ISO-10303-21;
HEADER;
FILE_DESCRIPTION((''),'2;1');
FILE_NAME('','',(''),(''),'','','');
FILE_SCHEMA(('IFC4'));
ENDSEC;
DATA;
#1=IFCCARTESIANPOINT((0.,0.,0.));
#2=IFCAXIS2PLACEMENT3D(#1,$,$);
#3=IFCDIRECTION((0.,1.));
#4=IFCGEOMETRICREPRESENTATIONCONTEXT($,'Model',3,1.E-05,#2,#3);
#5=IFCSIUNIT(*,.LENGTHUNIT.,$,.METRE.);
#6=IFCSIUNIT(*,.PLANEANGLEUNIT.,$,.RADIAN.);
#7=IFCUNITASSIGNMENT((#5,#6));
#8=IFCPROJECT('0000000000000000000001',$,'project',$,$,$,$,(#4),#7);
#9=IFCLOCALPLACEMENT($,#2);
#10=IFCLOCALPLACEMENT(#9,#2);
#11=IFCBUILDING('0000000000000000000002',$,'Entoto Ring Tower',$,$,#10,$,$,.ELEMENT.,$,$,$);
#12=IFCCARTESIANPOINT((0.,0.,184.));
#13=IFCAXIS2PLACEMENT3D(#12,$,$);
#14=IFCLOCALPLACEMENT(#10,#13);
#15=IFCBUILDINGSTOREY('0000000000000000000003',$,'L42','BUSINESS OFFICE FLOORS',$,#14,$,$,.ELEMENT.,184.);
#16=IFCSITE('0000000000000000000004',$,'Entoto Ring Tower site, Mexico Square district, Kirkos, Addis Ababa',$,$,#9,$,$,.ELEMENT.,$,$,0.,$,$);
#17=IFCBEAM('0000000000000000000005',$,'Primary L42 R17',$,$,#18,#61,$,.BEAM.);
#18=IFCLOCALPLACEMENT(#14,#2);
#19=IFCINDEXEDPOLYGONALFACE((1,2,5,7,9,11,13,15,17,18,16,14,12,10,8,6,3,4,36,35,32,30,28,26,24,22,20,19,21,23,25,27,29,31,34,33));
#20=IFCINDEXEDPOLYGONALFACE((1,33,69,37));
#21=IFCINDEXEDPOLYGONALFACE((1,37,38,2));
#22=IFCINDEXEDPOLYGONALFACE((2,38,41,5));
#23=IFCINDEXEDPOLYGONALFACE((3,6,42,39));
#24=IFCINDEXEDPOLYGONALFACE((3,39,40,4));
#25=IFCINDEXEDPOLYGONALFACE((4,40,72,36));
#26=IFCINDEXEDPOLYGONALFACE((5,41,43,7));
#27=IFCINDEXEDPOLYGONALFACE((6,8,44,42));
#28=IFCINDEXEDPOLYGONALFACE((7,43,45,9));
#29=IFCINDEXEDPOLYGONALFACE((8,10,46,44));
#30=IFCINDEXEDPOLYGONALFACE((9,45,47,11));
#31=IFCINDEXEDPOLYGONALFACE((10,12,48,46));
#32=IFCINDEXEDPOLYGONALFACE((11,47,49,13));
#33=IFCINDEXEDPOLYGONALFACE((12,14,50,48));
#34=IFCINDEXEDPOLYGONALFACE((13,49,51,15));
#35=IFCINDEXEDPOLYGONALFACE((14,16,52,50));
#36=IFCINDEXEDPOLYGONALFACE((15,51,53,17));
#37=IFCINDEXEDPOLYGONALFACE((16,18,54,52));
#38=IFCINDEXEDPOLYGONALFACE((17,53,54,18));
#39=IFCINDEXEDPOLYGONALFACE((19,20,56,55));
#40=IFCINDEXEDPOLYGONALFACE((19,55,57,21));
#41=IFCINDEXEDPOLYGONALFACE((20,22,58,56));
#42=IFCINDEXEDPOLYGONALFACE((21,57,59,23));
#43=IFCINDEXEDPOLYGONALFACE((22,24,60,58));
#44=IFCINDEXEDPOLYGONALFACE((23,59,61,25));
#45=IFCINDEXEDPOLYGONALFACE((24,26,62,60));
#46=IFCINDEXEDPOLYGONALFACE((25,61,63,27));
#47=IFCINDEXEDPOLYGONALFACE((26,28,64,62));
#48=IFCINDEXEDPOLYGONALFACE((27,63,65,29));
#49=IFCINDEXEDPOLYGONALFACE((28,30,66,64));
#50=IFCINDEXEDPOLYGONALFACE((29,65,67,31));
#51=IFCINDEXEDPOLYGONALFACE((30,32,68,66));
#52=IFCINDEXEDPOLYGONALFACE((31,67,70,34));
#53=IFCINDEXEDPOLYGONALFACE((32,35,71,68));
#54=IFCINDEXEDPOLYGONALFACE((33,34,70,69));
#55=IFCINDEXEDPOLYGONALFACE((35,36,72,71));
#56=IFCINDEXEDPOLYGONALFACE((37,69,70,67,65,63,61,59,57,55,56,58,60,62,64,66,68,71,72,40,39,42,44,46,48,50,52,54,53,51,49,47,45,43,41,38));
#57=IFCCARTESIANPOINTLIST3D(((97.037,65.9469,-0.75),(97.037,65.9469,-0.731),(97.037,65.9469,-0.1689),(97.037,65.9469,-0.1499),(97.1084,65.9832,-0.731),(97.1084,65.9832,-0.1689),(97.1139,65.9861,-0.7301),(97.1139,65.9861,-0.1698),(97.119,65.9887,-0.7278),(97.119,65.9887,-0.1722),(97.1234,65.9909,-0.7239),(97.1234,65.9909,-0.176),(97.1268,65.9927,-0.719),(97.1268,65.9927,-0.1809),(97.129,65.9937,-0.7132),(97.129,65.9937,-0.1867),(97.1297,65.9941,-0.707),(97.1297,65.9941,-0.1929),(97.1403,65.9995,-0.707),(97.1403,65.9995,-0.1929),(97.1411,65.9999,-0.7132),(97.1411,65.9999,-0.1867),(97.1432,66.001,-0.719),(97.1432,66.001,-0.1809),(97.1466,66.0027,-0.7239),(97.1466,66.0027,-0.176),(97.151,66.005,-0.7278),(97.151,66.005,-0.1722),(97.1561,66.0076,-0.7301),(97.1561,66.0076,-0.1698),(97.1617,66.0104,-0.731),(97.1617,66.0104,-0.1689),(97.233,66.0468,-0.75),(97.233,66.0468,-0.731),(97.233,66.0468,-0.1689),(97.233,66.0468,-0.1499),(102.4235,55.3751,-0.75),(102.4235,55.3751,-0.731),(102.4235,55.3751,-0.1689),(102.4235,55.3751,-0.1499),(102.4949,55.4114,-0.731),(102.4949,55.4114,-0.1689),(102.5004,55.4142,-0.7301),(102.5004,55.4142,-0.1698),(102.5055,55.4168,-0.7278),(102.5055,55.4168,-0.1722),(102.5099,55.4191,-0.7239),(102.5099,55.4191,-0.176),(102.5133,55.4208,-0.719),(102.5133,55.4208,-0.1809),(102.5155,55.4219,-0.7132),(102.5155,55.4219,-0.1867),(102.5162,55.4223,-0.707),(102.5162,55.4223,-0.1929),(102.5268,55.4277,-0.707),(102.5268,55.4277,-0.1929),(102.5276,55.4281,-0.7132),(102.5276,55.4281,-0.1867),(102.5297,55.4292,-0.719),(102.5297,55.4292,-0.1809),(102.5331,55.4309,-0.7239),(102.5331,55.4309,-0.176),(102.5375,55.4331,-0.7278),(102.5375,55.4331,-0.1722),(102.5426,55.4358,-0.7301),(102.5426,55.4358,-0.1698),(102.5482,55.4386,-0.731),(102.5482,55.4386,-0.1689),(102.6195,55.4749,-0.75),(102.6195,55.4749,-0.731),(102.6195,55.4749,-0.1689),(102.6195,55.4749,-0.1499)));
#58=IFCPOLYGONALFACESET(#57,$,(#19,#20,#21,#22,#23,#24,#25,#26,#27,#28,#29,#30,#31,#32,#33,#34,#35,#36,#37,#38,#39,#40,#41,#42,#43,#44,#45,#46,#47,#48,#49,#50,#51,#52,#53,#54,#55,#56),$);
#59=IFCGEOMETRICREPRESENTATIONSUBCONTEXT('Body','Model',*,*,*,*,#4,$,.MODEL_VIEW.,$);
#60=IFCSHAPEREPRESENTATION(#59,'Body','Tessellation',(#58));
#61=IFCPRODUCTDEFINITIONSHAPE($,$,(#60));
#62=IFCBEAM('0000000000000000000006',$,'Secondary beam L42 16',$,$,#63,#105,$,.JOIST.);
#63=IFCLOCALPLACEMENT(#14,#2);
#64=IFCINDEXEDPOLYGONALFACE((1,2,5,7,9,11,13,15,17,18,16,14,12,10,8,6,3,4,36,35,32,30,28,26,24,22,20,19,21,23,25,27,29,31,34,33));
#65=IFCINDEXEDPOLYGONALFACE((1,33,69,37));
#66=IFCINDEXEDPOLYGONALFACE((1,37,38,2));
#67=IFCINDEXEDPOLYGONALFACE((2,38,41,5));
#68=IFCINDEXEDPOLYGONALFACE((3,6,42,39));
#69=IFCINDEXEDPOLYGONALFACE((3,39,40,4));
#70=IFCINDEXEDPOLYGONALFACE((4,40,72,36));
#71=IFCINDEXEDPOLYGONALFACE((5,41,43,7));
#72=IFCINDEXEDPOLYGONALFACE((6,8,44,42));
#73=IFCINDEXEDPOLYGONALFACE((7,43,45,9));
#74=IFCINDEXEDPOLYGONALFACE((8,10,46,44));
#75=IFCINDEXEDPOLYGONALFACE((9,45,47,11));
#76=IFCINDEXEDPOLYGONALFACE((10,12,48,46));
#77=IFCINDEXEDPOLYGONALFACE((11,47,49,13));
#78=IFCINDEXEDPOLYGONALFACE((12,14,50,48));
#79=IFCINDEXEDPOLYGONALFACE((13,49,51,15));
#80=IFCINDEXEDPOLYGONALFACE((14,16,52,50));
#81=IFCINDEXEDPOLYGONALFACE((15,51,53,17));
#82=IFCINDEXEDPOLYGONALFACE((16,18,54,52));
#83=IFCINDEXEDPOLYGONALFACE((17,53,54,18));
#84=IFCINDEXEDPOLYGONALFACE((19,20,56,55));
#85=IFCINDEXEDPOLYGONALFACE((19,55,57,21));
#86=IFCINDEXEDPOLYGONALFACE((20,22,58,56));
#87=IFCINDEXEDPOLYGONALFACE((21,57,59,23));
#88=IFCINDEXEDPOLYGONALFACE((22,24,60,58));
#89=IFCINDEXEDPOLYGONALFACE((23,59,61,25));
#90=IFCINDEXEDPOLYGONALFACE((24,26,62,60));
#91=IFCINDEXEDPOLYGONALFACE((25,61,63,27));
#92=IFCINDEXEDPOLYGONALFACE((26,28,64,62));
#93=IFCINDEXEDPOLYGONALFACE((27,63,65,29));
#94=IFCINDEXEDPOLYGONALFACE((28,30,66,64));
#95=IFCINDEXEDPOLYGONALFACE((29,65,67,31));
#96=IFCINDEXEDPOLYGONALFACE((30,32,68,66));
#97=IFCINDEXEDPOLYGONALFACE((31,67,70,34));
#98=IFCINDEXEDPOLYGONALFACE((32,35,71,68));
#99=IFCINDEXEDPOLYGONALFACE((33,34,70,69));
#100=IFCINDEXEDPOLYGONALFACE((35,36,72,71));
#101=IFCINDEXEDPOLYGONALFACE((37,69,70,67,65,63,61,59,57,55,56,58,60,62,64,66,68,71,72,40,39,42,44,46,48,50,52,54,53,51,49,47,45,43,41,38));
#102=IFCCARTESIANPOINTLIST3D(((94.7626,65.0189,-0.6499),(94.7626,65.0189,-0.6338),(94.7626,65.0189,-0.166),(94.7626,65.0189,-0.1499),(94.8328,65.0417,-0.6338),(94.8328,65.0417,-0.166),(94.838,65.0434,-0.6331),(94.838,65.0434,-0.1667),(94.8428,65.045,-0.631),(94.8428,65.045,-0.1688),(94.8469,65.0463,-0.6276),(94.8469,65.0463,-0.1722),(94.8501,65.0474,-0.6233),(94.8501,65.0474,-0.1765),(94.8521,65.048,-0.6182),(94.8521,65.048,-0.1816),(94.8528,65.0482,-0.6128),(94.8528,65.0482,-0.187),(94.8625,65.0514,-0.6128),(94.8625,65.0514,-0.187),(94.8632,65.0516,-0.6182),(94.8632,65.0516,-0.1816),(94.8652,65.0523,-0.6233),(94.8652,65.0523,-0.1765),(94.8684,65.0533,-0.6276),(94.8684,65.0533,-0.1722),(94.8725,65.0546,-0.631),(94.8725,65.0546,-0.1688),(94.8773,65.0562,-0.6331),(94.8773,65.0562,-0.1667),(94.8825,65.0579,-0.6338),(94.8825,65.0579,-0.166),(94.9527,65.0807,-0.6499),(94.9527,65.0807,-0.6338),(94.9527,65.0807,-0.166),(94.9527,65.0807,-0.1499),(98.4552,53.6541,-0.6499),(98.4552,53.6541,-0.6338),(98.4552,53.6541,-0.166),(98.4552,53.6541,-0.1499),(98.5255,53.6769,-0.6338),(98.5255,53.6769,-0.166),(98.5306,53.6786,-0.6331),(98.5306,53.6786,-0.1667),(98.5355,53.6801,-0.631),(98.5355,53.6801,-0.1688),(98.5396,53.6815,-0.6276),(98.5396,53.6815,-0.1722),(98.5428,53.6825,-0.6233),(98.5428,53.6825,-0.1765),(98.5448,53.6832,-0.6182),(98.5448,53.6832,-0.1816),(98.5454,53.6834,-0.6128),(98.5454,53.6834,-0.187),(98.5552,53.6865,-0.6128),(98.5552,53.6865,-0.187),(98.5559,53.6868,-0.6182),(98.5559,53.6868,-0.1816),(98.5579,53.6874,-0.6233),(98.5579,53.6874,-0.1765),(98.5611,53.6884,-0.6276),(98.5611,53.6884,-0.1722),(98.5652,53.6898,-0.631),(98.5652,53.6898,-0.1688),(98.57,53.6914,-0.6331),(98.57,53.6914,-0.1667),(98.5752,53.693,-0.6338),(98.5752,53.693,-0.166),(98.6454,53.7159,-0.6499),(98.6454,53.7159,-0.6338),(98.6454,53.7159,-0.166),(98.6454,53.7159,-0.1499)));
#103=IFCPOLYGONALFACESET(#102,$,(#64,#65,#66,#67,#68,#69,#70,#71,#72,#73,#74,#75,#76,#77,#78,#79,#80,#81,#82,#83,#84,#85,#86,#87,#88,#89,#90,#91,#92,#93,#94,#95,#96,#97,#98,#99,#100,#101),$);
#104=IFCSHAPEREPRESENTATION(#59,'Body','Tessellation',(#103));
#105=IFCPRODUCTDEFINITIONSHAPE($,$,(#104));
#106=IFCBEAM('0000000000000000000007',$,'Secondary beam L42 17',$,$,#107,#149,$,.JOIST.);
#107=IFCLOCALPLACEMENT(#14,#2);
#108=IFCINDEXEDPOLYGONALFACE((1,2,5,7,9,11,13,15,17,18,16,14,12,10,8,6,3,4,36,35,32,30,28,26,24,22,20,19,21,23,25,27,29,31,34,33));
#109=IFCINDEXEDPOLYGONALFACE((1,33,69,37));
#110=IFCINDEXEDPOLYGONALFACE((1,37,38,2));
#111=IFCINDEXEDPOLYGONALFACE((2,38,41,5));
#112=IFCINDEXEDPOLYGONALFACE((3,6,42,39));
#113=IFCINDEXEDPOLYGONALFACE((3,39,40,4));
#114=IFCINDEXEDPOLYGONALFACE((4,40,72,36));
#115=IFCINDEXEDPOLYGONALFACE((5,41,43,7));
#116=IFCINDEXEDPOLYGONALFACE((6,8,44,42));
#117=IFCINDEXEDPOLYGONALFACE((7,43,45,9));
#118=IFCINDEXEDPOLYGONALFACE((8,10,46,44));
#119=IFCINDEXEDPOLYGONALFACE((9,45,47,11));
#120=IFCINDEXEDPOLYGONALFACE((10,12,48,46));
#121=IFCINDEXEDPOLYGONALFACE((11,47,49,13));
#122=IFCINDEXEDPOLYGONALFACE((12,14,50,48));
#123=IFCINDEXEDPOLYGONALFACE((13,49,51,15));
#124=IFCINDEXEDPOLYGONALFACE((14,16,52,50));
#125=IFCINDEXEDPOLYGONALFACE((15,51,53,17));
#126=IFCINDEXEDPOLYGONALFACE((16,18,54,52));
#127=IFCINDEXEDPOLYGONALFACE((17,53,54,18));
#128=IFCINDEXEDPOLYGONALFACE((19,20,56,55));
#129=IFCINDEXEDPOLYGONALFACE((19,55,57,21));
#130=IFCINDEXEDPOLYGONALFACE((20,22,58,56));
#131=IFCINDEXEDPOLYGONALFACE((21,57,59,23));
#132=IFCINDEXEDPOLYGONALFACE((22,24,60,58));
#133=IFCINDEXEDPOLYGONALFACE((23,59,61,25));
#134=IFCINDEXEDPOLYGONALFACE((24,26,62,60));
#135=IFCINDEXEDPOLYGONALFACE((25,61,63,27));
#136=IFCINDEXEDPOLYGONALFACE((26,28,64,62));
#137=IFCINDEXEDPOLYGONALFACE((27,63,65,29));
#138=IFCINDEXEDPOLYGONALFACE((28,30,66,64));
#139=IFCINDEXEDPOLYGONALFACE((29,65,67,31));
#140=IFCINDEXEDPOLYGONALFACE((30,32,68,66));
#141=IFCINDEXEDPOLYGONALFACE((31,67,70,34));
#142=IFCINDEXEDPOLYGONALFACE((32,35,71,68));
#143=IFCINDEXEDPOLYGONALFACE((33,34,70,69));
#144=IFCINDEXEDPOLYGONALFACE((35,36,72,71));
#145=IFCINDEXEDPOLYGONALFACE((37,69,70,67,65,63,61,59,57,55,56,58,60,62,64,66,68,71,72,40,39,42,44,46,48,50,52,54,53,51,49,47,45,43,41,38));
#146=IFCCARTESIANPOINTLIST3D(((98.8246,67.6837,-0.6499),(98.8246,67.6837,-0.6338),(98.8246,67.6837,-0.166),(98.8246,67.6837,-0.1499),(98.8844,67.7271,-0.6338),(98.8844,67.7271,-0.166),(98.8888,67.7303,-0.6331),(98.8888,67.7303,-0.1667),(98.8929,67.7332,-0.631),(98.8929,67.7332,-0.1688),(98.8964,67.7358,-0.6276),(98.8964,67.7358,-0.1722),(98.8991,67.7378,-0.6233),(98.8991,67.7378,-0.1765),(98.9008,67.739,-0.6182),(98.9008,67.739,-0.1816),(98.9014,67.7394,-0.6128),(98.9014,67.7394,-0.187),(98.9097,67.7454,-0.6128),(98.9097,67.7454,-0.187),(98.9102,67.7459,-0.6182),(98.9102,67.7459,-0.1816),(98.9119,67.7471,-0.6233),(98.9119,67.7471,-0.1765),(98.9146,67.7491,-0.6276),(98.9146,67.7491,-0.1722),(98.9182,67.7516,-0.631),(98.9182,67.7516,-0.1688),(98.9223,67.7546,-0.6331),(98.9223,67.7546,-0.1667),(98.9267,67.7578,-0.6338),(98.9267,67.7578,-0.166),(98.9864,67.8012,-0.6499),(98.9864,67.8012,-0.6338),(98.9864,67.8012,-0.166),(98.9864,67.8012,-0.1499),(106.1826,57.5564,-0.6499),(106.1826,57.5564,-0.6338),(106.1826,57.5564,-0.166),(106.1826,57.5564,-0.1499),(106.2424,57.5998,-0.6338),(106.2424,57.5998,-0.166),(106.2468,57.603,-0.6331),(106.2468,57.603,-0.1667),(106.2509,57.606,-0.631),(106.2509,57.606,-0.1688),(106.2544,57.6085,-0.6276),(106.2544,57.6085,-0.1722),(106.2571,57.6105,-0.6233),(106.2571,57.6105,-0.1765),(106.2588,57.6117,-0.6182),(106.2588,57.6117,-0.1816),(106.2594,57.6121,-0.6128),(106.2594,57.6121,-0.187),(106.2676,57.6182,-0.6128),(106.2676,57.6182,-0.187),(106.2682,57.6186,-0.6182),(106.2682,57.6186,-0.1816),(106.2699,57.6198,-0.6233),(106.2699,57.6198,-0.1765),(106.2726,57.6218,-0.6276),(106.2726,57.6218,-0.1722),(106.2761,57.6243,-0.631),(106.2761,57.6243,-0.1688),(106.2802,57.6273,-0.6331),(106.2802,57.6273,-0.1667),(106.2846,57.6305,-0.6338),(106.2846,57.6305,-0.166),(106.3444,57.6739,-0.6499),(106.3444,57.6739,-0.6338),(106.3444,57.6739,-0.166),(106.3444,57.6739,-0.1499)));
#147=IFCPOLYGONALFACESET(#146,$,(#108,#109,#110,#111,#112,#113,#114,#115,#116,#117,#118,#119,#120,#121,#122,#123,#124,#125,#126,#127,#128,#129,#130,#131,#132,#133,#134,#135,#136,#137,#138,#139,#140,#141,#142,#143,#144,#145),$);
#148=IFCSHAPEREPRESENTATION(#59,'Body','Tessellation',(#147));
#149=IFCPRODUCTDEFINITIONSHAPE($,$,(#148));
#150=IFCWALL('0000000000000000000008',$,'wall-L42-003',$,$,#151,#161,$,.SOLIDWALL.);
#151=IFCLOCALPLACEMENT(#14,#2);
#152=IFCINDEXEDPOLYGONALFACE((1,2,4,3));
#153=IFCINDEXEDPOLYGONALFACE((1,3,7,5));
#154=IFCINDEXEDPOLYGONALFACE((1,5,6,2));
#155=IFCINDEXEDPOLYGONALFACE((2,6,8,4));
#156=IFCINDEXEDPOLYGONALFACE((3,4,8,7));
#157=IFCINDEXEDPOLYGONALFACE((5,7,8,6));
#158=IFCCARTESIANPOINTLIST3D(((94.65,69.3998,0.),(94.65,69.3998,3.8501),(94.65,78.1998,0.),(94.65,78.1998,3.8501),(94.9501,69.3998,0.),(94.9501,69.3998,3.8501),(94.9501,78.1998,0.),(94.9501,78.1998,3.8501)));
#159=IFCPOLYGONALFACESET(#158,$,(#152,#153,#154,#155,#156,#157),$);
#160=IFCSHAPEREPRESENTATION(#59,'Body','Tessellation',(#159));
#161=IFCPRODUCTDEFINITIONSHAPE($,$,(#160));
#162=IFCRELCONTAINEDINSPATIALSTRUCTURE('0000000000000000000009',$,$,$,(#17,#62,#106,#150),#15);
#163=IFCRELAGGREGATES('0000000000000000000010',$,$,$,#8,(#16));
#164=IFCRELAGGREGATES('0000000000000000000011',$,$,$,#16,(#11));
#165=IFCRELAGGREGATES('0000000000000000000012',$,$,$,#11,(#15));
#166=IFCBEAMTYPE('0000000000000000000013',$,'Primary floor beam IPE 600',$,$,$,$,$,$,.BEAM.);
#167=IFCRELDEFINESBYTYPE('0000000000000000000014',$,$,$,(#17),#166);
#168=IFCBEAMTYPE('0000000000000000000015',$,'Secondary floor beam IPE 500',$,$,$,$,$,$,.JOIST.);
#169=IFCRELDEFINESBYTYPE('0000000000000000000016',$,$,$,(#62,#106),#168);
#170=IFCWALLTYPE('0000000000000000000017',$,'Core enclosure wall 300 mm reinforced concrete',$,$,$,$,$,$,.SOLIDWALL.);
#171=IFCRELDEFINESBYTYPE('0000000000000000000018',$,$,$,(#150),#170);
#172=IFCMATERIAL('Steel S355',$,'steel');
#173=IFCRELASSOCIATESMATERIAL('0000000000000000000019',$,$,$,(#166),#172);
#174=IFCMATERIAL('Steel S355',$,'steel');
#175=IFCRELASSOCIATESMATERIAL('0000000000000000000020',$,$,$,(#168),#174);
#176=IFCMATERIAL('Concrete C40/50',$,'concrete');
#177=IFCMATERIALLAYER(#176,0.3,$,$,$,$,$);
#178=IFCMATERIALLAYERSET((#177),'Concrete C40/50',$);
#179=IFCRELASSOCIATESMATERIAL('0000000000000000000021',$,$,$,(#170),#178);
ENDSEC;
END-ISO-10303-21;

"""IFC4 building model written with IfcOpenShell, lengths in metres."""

from ifc_helpers import new_model, si_unit, direction, frame, frame_2d, origin, origin_2d, place, context, subcontext, project, spatial, rectangle, i_section, extrude, material, layer, layer_set, material_profile, profile_set, type_object, element, save


model = new_model("IFC4")

# Units and contexts
model_context = context("Model", 3, precision=1e-05, world=origin(), true_north=direction((0.0, 1.0)))
body_context = subcontext(model_context, "Body", "Model", "MODEL_VIEW")
ifc_project = project(units=[si_unit("LENGTHUNIT", "METRE"), si_unit("PLANEANGLEUNIT", "RADIAN")], contexts=[model_context])

# Site, building, storey
site_placement = place(None, origin())
site = spatial("IfcSite", under=ifc_project, at=site_placement, Name="Entoto Ring Tower site, Mexico Square district, Kirkos, Addis Ababa", CompositionType="ELEMENT", RefElevation=0.0)
building_placement = place(site_placement, origin())
building = spatial("IfcBuilding", under=site, at=building_placement, Name="Entoto Ring Tower", CompositionType="ELEMENT")
storey_placement = place(building_placement, frame((0.0, 0.0, 184.0)))
storey = spatial("IfcBuildingStorey", under=building, at=storey_placement, Name="L42", Description="BUSINESS OFFICE FLOORS", CompositionType="ELEMENT", Elevation=184.0)

# Beams
ifc_material_1 = material(Name="Steel S355", Category="steel")
ifc_material_profile_1 = material_profile(ifc_material_1, i_section(OverallWidth=0.22, OverallDepth=0.6001, WebThickness=0.012, FlangeThickness=0.019, FilletRadius=0.0239, at=origin_2d()), Name="IPE 600")
ifc_profile_set_1 = profile_set([ifc_material_profile_1], Name="Steel S355")
beam_type_1 = type_object("IfcBeamType", Name="Primary floor beam IPE 600", PredefinedType="BEAM", material=ifc_profile_set_1)
beam_1_placement = place(storey_placement, frame((97.135, 65.9968, -0.45), z_axis=(0.453983, -0.89101, 0.0), x_axis=(0.89101, 0.453983, 0.0)))
element("IfcBeam", 1, at=beam_1_placement, inside=storey, type_object=beam_type_1, Name="Primary L42 R17", PredefinedType="BEAM", context=body_context, shape_type="SweptSolid", body=[
    extrude(i_section(OverallWidth=0.22, OverallDepth=0.6001, WebThickness=0.012, FlangeThickness=0.019, FilletRadius=0.0239, at=origin_2d()), origin(), (0.0, 0.0, 1.0), 11.865),
])
ifc_material_2 = material(Name="Steel S355", Category="steel")
ifc_material_profile_2 = material_profile(ifc_material_2, i_section(OverallWidth=0.2, OverallDepth=0.5, WebThickness=0.0103, FlangeThickness=0.0161, FilletRadius=0.021, at=origin_2d()), Name="IPE 500")
ifc_profile_set_2 = profile_set([ifc_material_profile_2], Name="Steel S355")
beam_type_2 = type_object("IfcBeamType", Name="Secondary floor beam IPE 500", PredefinedType="JOIST", material=ifc_profile_set_2)
beam_2_placement = place(storey_placement, frame((94.8577, 65.0498, -0.3999), z_axis=(0.309017, -0.951057, 0.0), x_axis=(0.951057, 0.309017, 0.0)))
element("IfcBeam", 2, at=beam_2_placement, inside=storey, type_object=beam_type_2, Name="Secondary beam L42 16", PredefinedType="JOIST", context=body_context, shape_type="SweptSolid", body=[
    extrude(i_section(OverallWidth=0.2, OverallDepth=0.5, WebThickness=0.0103, FlangeThickness=0.0161, FilletRadius=0.021, at=origin_2d()), origin(), (0.0, 0.0, 1.0), 11.9497),
])
beam_3_placement = place(storey_placement, frame((98.9055, 67.7424, -0.3999), z_axis=(0.587789, -0.809014, 0.0), x_axis=(0.809014, 0.587789, 0.0)))
element("IfcBeam", 3, at=beam_3_placement, inside=storey, type_object=beam_type_2, Name="Secondary beam L42 17", PredefinedType="JOIST", context=body_context, shape_type="SweptSolid", body=[
    extrude(i_section(OverallWidth=0.2, OverallDepth=0.5, WebThickness=0.0103, FlangeThickness=0.0161, FilletRadius=0.021, at=origin_2d()), origin(), (0.0, 0.0, 1.0), 12.5181),
])

# Wall
ifc_material_3 = material(Name="Concrete C40/50", Category="concrete")
ifc_layer_1 = layer(ifc_material_3, 0.3)
ifc_layer_set_1 = layer_set([ifc_layer_1], Name="Concrete C40/50")
wall_type_1 = type_object("IfcWallType", Name="Core enclosure wall 300 mm reinforced concrete", PredefinedType="SOLIDWALL", material=ifc_layer_set_1)
wall_1_placement = place(storey_placement, frame((94.8, 69.3999, 0.0), z_axis=(0.0, 0.0, 1.0), x_axis=(0.0, 1.0, 0.0)))
element("IfcWall", 4, at=wall_1_placement, inside=storey, type_object=wall_type_1, Name="wall-L42-003", PredefinedType="SOLIDWALL", context=body_context, shape_type="SweptSolid", body=[
    extrude(rectangle(XDim=8.8, YDim=0.3, at=frame_2d((4.3999, 0.0))), origin(), (0.0, 0.0, 1.0), 3.8501),
])

save(model, "model.ifc")
